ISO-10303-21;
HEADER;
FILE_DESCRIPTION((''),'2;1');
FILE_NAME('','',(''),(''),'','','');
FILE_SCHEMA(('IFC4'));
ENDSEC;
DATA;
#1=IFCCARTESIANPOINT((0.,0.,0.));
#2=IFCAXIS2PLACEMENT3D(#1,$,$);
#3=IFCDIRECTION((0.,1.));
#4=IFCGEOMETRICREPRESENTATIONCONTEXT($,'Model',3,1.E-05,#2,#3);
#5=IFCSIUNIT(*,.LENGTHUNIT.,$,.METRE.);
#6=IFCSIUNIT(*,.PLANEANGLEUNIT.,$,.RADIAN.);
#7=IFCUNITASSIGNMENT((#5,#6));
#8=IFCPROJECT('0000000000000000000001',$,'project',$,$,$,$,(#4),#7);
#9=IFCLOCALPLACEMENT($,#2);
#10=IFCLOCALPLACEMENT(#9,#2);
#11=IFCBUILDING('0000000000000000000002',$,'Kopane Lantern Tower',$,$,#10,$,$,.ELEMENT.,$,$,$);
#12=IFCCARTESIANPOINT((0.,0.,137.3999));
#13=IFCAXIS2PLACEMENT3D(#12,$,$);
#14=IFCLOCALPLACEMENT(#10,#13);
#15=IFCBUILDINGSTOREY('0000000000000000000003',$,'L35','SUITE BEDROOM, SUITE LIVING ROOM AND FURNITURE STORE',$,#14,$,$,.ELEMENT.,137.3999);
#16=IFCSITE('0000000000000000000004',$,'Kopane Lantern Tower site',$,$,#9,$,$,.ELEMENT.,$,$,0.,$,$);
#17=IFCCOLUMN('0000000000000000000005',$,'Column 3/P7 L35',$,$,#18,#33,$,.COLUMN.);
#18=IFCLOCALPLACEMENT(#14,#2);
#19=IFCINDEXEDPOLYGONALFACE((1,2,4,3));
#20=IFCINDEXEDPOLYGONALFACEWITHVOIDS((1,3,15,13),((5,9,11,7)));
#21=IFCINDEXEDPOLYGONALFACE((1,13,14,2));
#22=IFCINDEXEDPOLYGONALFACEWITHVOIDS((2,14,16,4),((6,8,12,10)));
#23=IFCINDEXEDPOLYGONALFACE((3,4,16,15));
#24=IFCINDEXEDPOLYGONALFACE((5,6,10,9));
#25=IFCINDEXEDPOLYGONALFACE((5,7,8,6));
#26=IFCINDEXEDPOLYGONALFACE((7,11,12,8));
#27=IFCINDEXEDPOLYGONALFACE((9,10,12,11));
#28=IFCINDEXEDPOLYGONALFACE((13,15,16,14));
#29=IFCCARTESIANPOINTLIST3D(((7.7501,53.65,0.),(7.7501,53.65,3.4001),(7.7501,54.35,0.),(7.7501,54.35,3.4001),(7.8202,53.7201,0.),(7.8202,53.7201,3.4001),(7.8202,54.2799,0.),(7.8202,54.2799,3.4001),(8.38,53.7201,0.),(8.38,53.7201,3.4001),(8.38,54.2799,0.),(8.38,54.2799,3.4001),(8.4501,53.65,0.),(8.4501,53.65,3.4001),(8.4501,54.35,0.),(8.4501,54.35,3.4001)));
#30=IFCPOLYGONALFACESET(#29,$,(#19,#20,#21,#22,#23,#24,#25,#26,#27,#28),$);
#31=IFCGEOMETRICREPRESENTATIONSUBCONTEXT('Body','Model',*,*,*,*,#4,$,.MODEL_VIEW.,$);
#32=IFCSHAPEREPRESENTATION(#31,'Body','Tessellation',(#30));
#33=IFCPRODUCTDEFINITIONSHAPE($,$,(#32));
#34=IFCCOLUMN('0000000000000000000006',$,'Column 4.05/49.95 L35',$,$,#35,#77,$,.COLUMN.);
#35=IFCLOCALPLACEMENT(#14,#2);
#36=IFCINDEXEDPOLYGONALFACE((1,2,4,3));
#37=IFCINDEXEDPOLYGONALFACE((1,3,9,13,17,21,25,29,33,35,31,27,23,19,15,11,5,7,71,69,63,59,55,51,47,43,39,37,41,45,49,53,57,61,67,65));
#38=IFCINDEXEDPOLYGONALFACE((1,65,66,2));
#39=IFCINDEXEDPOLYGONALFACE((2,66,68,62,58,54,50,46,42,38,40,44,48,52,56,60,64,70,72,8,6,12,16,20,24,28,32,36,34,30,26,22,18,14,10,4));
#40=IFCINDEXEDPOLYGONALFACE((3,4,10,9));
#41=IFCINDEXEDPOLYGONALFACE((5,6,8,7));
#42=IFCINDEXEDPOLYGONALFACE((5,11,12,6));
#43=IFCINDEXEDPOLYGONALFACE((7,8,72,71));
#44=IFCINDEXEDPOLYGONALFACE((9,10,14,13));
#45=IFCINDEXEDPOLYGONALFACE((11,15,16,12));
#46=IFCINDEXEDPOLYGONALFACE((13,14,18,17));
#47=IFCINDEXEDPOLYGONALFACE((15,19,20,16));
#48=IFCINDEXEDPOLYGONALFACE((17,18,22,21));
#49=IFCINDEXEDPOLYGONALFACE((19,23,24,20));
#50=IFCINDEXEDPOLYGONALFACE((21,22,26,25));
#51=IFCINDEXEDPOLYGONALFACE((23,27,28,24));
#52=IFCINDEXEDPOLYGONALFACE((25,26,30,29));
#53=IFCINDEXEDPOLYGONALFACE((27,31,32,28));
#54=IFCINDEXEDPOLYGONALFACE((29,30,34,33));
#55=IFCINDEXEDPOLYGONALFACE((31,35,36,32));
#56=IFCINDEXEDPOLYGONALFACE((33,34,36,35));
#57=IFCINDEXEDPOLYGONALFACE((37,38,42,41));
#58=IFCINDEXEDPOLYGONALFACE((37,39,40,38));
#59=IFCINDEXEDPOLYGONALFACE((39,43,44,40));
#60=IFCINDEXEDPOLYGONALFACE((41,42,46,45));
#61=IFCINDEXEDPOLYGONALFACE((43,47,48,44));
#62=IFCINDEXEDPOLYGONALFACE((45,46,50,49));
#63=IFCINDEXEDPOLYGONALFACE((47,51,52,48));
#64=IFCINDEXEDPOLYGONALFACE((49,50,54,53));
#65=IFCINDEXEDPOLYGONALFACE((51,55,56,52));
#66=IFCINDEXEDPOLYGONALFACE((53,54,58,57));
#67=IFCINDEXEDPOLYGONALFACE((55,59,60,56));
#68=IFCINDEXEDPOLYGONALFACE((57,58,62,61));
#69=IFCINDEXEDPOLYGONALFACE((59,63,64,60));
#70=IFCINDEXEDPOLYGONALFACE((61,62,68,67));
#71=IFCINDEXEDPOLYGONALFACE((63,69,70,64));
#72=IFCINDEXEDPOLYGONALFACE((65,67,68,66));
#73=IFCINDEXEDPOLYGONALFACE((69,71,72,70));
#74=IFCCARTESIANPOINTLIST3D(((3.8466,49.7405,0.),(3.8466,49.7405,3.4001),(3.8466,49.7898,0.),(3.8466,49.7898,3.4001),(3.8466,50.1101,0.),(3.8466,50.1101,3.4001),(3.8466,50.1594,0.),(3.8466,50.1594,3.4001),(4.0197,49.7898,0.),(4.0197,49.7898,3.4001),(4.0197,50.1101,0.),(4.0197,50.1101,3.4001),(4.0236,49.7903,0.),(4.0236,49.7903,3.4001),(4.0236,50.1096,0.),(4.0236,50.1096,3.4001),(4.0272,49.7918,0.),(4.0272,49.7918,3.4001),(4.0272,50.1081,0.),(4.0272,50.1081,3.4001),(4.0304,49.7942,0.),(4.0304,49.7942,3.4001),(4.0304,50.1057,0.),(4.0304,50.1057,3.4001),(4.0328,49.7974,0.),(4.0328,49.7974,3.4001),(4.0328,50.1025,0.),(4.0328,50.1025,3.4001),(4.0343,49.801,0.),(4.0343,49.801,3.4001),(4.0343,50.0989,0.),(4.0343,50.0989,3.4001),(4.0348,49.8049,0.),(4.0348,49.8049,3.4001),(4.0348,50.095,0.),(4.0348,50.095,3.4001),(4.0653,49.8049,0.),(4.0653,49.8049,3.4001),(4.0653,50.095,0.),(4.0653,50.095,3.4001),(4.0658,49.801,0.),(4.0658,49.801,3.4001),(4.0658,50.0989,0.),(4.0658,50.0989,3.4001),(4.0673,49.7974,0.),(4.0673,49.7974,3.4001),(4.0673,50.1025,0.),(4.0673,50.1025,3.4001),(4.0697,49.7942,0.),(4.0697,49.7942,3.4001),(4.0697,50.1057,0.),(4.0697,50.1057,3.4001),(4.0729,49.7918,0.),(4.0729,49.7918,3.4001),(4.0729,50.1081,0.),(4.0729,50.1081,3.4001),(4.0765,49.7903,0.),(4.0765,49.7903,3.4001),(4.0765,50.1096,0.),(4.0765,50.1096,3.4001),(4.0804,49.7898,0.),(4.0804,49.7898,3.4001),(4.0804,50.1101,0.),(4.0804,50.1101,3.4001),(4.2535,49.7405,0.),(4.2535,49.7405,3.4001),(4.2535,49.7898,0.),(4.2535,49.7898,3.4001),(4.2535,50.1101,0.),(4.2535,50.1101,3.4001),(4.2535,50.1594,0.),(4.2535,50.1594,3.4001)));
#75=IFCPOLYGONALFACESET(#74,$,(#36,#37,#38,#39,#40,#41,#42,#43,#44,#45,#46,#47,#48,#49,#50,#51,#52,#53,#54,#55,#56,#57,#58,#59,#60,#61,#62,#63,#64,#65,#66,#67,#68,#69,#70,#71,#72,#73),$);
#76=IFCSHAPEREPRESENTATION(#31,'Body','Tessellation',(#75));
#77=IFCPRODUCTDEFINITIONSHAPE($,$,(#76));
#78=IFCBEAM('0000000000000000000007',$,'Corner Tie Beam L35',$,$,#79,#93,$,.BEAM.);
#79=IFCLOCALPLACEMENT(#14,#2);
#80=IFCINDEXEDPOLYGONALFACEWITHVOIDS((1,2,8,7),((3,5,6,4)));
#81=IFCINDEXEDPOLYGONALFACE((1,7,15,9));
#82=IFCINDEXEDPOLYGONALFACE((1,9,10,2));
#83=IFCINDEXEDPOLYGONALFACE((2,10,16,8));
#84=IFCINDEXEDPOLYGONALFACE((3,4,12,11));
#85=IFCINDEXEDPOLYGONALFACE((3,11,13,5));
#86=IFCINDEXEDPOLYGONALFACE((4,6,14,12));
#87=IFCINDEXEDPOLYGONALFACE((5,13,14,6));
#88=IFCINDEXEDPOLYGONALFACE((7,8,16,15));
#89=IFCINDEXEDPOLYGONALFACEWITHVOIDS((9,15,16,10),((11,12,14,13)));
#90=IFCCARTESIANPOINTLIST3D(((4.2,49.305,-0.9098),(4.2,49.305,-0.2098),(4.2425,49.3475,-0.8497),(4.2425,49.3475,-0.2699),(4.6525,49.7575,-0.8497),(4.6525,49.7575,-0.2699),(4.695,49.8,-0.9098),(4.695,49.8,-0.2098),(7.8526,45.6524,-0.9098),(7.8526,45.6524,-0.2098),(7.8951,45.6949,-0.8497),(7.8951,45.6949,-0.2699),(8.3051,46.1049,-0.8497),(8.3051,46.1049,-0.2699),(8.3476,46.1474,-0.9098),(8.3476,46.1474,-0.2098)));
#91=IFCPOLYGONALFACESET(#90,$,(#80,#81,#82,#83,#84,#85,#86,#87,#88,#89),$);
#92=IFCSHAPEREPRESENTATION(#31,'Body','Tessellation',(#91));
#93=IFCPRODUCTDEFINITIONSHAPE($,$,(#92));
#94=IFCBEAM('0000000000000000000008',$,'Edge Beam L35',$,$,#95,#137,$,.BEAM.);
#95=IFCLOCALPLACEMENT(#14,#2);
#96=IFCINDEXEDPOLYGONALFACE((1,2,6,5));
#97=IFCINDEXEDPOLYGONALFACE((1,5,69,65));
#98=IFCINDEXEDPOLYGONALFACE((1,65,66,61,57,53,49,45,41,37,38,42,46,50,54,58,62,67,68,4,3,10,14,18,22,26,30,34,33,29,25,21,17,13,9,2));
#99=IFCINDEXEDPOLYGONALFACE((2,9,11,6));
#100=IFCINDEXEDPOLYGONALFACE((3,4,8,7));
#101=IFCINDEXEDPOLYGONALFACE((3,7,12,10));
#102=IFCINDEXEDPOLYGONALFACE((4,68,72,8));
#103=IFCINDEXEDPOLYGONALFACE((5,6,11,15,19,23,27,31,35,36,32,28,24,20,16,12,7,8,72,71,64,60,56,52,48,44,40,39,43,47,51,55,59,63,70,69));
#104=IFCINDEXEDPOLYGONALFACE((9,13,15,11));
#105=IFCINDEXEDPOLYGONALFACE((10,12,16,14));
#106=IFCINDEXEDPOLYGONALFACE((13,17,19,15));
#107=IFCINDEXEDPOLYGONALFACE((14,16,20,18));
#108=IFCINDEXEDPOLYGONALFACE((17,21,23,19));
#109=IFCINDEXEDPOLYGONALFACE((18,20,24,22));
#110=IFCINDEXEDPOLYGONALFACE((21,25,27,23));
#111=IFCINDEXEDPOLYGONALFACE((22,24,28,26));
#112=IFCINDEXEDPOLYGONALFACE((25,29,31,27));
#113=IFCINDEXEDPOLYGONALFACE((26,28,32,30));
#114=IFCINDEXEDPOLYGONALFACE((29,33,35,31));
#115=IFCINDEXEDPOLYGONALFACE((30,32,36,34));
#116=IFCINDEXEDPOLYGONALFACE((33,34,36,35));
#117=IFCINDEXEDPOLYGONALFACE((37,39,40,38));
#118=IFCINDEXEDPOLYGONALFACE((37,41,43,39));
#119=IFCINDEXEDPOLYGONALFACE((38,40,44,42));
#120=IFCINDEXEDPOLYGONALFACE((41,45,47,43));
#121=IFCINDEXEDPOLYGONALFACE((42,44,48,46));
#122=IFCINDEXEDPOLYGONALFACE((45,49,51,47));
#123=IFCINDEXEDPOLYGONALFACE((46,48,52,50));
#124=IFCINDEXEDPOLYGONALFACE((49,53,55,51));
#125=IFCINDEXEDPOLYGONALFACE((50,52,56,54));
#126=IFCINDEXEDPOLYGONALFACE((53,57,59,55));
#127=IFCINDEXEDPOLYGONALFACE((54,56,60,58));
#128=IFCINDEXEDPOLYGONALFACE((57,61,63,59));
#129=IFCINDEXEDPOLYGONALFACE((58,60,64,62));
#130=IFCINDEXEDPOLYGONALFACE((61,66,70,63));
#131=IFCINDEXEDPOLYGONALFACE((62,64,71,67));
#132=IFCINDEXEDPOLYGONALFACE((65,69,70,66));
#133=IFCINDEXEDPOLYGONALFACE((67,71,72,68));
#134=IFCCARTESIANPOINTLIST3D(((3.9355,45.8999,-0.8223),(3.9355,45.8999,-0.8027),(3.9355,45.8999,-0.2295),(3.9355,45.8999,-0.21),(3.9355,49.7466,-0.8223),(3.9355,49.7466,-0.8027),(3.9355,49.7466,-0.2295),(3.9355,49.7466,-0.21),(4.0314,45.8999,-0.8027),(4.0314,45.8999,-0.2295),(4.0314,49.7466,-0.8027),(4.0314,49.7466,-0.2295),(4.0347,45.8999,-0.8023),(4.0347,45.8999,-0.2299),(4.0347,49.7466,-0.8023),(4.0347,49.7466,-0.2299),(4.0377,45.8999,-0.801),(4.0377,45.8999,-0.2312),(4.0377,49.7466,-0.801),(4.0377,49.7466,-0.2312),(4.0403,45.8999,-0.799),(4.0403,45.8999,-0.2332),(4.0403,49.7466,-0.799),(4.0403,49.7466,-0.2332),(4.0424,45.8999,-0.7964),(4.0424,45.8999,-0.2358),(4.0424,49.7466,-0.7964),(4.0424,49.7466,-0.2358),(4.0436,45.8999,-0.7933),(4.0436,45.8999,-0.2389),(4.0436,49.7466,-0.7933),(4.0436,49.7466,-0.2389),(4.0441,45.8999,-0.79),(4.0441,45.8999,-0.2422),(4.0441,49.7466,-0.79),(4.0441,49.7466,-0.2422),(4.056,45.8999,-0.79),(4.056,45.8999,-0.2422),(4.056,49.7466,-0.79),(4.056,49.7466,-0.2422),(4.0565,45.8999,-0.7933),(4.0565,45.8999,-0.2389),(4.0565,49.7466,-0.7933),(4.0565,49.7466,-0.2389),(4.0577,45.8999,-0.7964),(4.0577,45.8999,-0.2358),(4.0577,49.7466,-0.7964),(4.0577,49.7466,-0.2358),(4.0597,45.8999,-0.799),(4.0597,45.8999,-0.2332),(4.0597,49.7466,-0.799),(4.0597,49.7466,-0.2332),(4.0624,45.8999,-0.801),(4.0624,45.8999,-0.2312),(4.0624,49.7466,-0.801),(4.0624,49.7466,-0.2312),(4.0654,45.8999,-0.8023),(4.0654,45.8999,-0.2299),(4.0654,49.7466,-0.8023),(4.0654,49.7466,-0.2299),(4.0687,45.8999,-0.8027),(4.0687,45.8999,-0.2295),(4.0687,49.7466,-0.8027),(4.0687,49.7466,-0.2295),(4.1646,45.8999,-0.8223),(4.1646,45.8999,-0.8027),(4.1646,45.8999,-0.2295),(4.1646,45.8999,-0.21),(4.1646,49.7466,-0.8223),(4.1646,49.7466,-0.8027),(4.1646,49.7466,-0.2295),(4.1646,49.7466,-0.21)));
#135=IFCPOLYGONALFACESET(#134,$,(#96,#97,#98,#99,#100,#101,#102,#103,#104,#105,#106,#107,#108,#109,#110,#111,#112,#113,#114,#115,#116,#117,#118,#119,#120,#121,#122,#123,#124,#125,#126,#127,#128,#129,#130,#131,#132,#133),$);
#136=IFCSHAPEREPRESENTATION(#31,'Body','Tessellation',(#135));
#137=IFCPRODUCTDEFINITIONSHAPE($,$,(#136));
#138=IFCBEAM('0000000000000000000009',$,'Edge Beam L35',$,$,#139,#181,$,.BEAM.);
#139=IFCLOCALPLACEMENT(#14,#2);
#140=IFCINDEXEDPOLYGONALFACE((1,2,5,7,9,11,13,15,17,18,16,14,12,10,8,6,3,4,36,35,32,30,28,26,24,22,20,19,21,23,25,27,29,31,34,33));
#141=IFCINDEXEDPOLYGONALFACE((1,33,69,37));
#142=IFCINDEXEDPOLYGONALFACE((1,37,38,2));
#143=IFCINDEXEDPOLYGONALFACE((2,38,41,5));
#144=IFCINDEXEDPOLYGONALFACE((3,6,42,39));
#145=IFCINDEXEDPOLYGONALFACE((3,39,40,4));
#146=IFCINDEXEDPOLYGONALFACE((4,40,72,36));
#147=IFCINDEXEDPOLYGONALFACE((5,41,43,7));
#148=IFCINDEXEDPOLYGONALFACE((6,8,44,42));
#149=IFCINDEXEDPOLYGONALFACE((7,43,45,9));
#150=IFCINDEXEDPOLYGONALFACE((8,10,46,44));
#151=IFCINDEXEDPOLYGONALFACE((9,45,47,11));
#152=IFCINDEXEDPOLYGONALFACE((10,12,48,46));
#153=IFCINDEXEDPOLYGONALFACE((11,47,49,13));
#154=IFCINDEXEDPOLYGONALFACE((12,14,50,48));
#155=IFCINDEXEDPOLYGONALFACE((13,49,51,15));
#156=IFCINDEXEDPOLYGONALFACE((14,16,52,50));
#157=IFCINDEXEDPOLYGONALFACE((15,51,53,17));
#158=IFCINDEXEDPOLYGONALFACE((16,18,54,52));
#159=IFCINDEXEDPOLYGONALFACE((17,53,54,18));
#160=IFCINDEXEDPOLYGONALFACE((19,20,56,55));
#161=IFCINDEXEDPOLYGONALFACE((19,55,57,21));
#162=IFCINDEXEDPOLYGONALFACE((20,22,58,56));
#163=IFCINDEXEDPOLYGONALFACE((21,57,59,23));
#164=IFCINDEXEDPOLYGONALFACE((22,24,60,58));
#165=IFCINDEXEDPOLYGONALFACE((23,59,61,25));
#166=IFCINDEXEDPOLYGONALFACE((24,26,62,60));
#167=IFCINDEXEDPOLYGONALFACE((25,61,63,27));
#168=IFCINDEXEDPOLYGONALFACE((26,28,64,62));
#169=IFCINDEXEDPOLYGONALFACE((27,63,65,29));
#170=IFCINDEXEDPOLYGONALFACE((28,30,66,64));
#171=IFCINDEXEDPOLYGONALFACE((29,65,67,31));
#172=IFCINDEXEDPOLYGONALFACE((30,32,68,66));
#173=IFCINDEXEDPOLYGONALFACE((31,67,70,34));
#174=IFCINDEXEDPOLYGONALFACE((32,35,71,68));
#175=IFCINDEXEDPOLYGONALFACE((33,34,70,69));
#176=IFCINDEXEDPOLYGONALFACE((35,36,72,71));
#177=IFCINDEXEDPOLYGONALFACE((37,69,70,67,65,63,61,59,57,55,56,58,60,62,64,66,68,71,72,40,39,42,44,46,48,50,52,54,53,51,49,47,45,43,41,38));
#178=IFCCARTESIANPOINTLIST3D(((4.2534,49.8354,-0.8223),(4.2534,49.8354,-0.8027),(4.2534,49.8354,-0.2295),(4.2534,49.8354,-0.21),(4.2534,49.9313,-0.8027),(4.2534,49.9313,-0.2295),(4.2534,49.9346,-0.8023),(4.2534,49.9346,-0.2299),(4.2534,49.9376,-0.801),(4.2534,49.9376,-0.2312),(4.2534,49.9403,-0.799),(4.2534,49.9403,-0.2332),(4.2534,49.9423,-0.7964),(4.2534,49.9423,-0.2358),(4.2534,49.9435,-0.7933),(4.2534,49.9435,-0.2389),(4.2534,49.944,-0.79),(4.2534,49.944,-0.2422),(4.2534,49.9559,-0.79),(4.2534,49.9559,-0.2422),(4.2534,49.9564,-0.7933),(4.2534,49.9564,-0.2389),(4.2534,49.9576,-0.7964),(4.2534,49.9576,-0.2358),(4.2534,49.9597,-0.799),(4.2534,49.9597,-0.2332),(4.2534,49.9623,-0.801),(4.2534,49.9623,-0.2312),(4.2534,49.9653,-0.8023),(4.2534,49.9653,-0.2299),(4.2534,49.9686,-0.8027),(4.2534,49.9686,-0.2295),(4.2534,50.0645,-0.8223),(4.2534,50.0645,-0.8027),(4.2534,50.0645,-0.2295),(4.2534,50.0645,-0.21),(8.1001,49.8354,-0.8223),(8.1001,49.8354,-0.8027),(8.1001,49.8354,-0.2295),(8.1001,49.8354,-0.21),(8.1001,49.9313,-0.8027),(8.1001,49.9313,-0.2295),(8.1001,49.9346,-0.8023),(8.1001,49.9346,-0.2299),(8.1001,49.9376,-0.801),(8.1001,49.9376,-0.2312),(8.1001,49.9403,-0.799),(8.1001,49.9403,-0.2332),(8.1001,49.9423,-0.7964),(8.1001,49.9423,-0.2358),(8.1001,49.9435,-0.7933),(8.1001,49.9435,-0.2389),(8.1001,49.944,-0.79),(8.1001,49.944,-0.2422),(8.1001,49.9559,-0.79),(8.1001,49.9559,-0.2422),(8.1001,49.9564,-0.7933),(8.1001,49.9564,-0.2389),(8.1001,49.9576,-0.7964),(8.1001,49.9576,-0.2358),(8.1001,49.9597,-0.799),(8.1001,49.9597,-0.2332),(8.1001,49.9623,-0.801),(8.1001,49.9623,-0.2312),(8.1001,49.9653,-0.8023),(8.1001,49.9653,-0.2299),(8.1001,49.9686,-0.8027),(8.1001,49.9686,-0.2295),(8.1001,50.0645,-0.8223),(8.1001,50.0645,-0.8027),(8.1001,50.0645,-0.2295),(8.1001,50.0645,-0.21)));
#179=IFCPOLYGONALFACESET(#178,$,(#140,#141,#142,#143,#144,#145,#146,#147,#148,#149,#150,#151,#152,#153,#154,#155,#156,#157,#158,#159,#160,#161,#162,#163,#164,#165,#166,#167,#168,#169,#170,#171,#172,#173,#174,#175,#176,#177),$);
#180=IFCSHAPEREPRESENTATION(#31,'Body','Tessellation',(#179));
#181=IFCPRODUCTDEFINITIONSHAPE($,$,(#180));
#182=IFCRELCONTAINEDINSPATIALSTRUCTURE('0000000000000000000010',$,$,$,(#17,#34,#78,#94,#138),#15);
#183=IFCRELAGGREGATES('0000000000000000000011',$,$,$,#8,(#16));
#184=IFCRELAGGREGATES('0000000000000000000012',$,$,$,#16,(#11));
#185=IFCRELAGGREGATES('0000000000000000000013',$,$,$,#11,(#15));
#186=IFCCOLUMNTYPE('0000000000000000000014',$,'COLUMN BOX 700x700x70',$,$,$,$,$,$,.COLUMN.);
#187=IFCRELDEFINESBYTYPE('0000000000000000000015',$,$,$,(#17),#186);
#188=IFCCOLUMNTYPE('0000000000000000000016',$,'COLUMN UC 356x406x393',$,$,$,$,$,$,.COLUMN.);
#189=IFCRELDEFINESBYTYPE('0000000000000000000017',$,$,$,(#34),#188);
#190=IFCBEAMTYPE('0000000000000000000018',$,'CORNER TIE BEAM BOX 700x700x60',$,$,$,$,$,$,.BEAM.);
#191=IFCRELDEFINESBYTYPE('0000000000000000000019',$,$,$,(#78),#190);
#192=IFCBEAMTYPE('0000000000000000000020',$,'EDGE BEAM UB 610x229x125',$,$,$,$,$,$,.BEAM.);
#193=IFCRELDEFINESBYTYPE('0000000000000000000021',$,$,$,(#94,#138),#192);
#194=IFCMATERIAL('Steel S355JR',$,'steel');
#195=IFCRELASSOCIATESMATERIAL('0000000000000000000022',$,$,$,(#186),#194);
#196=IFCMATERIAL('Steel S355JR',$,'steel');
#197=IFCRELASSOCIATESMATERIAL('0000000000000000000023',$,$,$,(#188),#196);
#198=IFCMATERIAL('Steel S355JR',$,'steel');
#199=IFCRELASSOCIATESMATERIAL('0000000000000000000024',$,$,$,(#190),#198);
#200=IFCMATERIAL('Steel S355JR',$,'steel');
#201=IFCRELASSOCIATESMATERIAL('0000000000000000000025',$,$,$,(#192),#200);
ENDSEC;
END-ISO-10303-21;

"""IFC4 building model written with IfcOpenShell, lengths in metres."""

from ifc_helpers import new_model, si_unit, direction, frame, origin, origin_2d, place, context, subcontext, project, spatial, hollow_rectangle, i_section, extrude, material, material_profile, profile_set, type_object, element, save


model = new_model("IFC4")

# Units and contexts
model_context = context("Model", 3, precision=1e-05, world=origin(), true_north=direction((0.0, 1.0)))
body_context = subcontext(model_context, "Body", "Model", "MODEL_VIEW")
ifc_project = project(units=[si_unit("LENGTHUNIT", "METRE"), si_unit("PLANEANGLEUNIT", "RADIAN")], contexts=[model_context])

# Site, building, storey
site_placement = place(None, origin())
site = spatial("IfcSite", under=ifc_project, at=site_placement, Name="Kopane Lantern Tower site", CompositionType="ELEMENT", RefElevation=0.0)
building_placement = place(site_placement, origin())
building = spatial("IfcBuilding", under=site, at=building_placement, Name="Kopane Lantern Tower", CompositionType="ELEMENT")
storey_placement = place(building_placement, frame((0.0, 0.0, 137.3999)))
storey = spatial("IfcBuildingStorey", under=building, at=storey_placement, Name="L35", Description="SUITE BEDROOM, SUITE LIVING ROOM AND FURNITURE STORE", CompositionType="ELEMENT", Elevation=137.3999)

# Columns
ifc_material_1 = material(Name="Steel S355JR", Category="steel")
ifc_material_profile_1 = material_profile(ifc_material_1, hollow_rectangle(XDim=0.7, YDim=0.7, WallThickness=0.0701, at=origin_2d()), Name="BOX 700x700x70")
ifc_profile_set_1 = profile_set([ifc_material_profile_1], Name="Steel S355JR")
column_type_1 = type_object("IfcColumnType", Name="COLUMN BOX 700x700x70", PredefinedType="COLUMN", material=ifc_profile_set_1)
column_1_placement = place(storey_placement, frame((8.1001, 54.0, 0.0), z_axis=(0.0, 0.0, 1.0), x_axis=(1.0, 0.0, 0.0)))
element("IfcColumn", 1, at=column_1_placement, inside=storey, type_object=column_type_1, Name="Column 3/P7 L35", PredefinedType="COLUMN", context=body_context, shape_type="SweptSolid", body=[
    extrude(hollow_rectangle(XDim=0.7, YDim=0.7, WallThickness=0.0701, at=origin_2d()), origin(), (0.0, 0.0, 1.0), 3.4001),
])
ifc_material_2 = material(Name="Steel S355JR", Category="steel")
ifc_material_profile_2 = material_profile(ifc_material_2, i_section(OverallWidth=0.407, OverallDepth=0.4189, WebThickness=0.0305, FlangeThickness=0.0493, FilletRadius=0.0151, at=origin_2d()), Name="UC 356x406x393")
ifc_profile_set_2 = profile_set([ifc_material_profile_2], Name="Steel S355JR")
column_type_2 = type_object("IfcColumnType", Name="COLUMN UC 356x406x393", PredefinedType="COLUMN", material=ifc_profile_set_2)
column_2_placement = place(storey_placement, frame((4.05, 49.95, 0.0), z_axis=(0.0, 0.0, 1.0), x_axis=(1.0, 0.0, 0.0)))
element("IfcColumn", 2, at=column_2_placement, inside=storey, type_object=column_type_2, Name="Column 4.05/49.95 L35", PredefinedType="COLUMN", context=body_context, shape_type="SweptSolid", body=[
    extrude(i_section(OverallWidth=0.407, OverallDepth=0.4189, WebThickness=0.0305, FlangeThickness=0.0493, FilletRadius=0.0151, at=origin_2d()), origin(), (0.0, 0.0, 1.0), 3.4001),
])

# Beams
ifc_material_3 = material(Name="Steel S355JR", Category="steel")
ifc_material_profile_3 = material_profile(ifc_material_3, hollow_rectangle(XDim=0.7, YDim=0.7, WallThickness=0.0601, at=origin_2d()), Name="BOX 700x700x60")
ifc_profile_set_3 = profile_set([ifc_material_profile_3], Name="Steel S355JR")
beam_type_1 = type_object("IfcBeamType", Name="CORNER TIE BEAM BOX 700x700x60", PredefinedType="BEAM", material=ifc_profile_set_3)
beam_1_placement = place(storey_placement, frame((4.4475, 49.5525, -0.5598), z_axis=(0.707107, -0.707107, 0.0), x_axis=(0.707107, 0.707107, 0.0)))
element("IfcBeam", 3, at=beam_1_placement, inside=storey, type_object=beam_type_1, Name="Corner Tie Beam L35", PredefinedType="BEAM", context=body_context, shape_type="SweptSolid", body=[
    extrude(hollow_rectangle(XDim=0.7, YDim=0.7, WallThickness=0.0601, at=origin_2d()), origin(), (0.0, 0.0, 1.0), 5.1655),
])
ifc_material_4 = material(Name="Steel S355JR", Category="steel")
ifc_material_profile_4 = material_profile(ifc_material_4, i_section(OverallWidth=0.229, OverallDepth=0.6123, WebThickness=0.012, FlangeThickness=0.0195, FilletRadius=0.0127, at=origin_2d()), Name="UB 610x229x125")
ifc_profile_set_4 = profile_set([ifc_material_profile_4], Name="Steel S355JR")
beam_type_2 = type_object("IfcBeamType", Name="EDGE BEAM UB 610x229x125", PredefinedType="BEAM", material=ifc_profile_set_4)
for number, where, z_axis, x_axis, name in (
    (4, (4.05, 49.7466, -0.5161), (0.0, -1.0, 0.0), (1.0, 0.0, 0.0), "Edge Beam L35"),
    (5, (4.2534, 49.95, -0.5161), (1.0, 0.0, 0.0), (0.0, 1.0, 0.0), "Edge Beam L35"),
):
    element("IfcBeam", number, at=place(storey_placement, frame(where, z_axis=z_axis, x_axis=x_axis)), inside=storey, type_object=beam_type_2, Name=name, PredefinedType="BEAM", context=body_context, shape_type="SweptSolid", body=[
        extrude(i_section(OverallWidth=0.229, OverallDepth=0.6123, WebThickness=0.012, FlangeThickness=0.0195, FilletRadius=0.0127, at=origin_2d()), origin(), (0.0, 0.0, 1.0), 3.8467),
    ])

save(model, "model.ifc")
